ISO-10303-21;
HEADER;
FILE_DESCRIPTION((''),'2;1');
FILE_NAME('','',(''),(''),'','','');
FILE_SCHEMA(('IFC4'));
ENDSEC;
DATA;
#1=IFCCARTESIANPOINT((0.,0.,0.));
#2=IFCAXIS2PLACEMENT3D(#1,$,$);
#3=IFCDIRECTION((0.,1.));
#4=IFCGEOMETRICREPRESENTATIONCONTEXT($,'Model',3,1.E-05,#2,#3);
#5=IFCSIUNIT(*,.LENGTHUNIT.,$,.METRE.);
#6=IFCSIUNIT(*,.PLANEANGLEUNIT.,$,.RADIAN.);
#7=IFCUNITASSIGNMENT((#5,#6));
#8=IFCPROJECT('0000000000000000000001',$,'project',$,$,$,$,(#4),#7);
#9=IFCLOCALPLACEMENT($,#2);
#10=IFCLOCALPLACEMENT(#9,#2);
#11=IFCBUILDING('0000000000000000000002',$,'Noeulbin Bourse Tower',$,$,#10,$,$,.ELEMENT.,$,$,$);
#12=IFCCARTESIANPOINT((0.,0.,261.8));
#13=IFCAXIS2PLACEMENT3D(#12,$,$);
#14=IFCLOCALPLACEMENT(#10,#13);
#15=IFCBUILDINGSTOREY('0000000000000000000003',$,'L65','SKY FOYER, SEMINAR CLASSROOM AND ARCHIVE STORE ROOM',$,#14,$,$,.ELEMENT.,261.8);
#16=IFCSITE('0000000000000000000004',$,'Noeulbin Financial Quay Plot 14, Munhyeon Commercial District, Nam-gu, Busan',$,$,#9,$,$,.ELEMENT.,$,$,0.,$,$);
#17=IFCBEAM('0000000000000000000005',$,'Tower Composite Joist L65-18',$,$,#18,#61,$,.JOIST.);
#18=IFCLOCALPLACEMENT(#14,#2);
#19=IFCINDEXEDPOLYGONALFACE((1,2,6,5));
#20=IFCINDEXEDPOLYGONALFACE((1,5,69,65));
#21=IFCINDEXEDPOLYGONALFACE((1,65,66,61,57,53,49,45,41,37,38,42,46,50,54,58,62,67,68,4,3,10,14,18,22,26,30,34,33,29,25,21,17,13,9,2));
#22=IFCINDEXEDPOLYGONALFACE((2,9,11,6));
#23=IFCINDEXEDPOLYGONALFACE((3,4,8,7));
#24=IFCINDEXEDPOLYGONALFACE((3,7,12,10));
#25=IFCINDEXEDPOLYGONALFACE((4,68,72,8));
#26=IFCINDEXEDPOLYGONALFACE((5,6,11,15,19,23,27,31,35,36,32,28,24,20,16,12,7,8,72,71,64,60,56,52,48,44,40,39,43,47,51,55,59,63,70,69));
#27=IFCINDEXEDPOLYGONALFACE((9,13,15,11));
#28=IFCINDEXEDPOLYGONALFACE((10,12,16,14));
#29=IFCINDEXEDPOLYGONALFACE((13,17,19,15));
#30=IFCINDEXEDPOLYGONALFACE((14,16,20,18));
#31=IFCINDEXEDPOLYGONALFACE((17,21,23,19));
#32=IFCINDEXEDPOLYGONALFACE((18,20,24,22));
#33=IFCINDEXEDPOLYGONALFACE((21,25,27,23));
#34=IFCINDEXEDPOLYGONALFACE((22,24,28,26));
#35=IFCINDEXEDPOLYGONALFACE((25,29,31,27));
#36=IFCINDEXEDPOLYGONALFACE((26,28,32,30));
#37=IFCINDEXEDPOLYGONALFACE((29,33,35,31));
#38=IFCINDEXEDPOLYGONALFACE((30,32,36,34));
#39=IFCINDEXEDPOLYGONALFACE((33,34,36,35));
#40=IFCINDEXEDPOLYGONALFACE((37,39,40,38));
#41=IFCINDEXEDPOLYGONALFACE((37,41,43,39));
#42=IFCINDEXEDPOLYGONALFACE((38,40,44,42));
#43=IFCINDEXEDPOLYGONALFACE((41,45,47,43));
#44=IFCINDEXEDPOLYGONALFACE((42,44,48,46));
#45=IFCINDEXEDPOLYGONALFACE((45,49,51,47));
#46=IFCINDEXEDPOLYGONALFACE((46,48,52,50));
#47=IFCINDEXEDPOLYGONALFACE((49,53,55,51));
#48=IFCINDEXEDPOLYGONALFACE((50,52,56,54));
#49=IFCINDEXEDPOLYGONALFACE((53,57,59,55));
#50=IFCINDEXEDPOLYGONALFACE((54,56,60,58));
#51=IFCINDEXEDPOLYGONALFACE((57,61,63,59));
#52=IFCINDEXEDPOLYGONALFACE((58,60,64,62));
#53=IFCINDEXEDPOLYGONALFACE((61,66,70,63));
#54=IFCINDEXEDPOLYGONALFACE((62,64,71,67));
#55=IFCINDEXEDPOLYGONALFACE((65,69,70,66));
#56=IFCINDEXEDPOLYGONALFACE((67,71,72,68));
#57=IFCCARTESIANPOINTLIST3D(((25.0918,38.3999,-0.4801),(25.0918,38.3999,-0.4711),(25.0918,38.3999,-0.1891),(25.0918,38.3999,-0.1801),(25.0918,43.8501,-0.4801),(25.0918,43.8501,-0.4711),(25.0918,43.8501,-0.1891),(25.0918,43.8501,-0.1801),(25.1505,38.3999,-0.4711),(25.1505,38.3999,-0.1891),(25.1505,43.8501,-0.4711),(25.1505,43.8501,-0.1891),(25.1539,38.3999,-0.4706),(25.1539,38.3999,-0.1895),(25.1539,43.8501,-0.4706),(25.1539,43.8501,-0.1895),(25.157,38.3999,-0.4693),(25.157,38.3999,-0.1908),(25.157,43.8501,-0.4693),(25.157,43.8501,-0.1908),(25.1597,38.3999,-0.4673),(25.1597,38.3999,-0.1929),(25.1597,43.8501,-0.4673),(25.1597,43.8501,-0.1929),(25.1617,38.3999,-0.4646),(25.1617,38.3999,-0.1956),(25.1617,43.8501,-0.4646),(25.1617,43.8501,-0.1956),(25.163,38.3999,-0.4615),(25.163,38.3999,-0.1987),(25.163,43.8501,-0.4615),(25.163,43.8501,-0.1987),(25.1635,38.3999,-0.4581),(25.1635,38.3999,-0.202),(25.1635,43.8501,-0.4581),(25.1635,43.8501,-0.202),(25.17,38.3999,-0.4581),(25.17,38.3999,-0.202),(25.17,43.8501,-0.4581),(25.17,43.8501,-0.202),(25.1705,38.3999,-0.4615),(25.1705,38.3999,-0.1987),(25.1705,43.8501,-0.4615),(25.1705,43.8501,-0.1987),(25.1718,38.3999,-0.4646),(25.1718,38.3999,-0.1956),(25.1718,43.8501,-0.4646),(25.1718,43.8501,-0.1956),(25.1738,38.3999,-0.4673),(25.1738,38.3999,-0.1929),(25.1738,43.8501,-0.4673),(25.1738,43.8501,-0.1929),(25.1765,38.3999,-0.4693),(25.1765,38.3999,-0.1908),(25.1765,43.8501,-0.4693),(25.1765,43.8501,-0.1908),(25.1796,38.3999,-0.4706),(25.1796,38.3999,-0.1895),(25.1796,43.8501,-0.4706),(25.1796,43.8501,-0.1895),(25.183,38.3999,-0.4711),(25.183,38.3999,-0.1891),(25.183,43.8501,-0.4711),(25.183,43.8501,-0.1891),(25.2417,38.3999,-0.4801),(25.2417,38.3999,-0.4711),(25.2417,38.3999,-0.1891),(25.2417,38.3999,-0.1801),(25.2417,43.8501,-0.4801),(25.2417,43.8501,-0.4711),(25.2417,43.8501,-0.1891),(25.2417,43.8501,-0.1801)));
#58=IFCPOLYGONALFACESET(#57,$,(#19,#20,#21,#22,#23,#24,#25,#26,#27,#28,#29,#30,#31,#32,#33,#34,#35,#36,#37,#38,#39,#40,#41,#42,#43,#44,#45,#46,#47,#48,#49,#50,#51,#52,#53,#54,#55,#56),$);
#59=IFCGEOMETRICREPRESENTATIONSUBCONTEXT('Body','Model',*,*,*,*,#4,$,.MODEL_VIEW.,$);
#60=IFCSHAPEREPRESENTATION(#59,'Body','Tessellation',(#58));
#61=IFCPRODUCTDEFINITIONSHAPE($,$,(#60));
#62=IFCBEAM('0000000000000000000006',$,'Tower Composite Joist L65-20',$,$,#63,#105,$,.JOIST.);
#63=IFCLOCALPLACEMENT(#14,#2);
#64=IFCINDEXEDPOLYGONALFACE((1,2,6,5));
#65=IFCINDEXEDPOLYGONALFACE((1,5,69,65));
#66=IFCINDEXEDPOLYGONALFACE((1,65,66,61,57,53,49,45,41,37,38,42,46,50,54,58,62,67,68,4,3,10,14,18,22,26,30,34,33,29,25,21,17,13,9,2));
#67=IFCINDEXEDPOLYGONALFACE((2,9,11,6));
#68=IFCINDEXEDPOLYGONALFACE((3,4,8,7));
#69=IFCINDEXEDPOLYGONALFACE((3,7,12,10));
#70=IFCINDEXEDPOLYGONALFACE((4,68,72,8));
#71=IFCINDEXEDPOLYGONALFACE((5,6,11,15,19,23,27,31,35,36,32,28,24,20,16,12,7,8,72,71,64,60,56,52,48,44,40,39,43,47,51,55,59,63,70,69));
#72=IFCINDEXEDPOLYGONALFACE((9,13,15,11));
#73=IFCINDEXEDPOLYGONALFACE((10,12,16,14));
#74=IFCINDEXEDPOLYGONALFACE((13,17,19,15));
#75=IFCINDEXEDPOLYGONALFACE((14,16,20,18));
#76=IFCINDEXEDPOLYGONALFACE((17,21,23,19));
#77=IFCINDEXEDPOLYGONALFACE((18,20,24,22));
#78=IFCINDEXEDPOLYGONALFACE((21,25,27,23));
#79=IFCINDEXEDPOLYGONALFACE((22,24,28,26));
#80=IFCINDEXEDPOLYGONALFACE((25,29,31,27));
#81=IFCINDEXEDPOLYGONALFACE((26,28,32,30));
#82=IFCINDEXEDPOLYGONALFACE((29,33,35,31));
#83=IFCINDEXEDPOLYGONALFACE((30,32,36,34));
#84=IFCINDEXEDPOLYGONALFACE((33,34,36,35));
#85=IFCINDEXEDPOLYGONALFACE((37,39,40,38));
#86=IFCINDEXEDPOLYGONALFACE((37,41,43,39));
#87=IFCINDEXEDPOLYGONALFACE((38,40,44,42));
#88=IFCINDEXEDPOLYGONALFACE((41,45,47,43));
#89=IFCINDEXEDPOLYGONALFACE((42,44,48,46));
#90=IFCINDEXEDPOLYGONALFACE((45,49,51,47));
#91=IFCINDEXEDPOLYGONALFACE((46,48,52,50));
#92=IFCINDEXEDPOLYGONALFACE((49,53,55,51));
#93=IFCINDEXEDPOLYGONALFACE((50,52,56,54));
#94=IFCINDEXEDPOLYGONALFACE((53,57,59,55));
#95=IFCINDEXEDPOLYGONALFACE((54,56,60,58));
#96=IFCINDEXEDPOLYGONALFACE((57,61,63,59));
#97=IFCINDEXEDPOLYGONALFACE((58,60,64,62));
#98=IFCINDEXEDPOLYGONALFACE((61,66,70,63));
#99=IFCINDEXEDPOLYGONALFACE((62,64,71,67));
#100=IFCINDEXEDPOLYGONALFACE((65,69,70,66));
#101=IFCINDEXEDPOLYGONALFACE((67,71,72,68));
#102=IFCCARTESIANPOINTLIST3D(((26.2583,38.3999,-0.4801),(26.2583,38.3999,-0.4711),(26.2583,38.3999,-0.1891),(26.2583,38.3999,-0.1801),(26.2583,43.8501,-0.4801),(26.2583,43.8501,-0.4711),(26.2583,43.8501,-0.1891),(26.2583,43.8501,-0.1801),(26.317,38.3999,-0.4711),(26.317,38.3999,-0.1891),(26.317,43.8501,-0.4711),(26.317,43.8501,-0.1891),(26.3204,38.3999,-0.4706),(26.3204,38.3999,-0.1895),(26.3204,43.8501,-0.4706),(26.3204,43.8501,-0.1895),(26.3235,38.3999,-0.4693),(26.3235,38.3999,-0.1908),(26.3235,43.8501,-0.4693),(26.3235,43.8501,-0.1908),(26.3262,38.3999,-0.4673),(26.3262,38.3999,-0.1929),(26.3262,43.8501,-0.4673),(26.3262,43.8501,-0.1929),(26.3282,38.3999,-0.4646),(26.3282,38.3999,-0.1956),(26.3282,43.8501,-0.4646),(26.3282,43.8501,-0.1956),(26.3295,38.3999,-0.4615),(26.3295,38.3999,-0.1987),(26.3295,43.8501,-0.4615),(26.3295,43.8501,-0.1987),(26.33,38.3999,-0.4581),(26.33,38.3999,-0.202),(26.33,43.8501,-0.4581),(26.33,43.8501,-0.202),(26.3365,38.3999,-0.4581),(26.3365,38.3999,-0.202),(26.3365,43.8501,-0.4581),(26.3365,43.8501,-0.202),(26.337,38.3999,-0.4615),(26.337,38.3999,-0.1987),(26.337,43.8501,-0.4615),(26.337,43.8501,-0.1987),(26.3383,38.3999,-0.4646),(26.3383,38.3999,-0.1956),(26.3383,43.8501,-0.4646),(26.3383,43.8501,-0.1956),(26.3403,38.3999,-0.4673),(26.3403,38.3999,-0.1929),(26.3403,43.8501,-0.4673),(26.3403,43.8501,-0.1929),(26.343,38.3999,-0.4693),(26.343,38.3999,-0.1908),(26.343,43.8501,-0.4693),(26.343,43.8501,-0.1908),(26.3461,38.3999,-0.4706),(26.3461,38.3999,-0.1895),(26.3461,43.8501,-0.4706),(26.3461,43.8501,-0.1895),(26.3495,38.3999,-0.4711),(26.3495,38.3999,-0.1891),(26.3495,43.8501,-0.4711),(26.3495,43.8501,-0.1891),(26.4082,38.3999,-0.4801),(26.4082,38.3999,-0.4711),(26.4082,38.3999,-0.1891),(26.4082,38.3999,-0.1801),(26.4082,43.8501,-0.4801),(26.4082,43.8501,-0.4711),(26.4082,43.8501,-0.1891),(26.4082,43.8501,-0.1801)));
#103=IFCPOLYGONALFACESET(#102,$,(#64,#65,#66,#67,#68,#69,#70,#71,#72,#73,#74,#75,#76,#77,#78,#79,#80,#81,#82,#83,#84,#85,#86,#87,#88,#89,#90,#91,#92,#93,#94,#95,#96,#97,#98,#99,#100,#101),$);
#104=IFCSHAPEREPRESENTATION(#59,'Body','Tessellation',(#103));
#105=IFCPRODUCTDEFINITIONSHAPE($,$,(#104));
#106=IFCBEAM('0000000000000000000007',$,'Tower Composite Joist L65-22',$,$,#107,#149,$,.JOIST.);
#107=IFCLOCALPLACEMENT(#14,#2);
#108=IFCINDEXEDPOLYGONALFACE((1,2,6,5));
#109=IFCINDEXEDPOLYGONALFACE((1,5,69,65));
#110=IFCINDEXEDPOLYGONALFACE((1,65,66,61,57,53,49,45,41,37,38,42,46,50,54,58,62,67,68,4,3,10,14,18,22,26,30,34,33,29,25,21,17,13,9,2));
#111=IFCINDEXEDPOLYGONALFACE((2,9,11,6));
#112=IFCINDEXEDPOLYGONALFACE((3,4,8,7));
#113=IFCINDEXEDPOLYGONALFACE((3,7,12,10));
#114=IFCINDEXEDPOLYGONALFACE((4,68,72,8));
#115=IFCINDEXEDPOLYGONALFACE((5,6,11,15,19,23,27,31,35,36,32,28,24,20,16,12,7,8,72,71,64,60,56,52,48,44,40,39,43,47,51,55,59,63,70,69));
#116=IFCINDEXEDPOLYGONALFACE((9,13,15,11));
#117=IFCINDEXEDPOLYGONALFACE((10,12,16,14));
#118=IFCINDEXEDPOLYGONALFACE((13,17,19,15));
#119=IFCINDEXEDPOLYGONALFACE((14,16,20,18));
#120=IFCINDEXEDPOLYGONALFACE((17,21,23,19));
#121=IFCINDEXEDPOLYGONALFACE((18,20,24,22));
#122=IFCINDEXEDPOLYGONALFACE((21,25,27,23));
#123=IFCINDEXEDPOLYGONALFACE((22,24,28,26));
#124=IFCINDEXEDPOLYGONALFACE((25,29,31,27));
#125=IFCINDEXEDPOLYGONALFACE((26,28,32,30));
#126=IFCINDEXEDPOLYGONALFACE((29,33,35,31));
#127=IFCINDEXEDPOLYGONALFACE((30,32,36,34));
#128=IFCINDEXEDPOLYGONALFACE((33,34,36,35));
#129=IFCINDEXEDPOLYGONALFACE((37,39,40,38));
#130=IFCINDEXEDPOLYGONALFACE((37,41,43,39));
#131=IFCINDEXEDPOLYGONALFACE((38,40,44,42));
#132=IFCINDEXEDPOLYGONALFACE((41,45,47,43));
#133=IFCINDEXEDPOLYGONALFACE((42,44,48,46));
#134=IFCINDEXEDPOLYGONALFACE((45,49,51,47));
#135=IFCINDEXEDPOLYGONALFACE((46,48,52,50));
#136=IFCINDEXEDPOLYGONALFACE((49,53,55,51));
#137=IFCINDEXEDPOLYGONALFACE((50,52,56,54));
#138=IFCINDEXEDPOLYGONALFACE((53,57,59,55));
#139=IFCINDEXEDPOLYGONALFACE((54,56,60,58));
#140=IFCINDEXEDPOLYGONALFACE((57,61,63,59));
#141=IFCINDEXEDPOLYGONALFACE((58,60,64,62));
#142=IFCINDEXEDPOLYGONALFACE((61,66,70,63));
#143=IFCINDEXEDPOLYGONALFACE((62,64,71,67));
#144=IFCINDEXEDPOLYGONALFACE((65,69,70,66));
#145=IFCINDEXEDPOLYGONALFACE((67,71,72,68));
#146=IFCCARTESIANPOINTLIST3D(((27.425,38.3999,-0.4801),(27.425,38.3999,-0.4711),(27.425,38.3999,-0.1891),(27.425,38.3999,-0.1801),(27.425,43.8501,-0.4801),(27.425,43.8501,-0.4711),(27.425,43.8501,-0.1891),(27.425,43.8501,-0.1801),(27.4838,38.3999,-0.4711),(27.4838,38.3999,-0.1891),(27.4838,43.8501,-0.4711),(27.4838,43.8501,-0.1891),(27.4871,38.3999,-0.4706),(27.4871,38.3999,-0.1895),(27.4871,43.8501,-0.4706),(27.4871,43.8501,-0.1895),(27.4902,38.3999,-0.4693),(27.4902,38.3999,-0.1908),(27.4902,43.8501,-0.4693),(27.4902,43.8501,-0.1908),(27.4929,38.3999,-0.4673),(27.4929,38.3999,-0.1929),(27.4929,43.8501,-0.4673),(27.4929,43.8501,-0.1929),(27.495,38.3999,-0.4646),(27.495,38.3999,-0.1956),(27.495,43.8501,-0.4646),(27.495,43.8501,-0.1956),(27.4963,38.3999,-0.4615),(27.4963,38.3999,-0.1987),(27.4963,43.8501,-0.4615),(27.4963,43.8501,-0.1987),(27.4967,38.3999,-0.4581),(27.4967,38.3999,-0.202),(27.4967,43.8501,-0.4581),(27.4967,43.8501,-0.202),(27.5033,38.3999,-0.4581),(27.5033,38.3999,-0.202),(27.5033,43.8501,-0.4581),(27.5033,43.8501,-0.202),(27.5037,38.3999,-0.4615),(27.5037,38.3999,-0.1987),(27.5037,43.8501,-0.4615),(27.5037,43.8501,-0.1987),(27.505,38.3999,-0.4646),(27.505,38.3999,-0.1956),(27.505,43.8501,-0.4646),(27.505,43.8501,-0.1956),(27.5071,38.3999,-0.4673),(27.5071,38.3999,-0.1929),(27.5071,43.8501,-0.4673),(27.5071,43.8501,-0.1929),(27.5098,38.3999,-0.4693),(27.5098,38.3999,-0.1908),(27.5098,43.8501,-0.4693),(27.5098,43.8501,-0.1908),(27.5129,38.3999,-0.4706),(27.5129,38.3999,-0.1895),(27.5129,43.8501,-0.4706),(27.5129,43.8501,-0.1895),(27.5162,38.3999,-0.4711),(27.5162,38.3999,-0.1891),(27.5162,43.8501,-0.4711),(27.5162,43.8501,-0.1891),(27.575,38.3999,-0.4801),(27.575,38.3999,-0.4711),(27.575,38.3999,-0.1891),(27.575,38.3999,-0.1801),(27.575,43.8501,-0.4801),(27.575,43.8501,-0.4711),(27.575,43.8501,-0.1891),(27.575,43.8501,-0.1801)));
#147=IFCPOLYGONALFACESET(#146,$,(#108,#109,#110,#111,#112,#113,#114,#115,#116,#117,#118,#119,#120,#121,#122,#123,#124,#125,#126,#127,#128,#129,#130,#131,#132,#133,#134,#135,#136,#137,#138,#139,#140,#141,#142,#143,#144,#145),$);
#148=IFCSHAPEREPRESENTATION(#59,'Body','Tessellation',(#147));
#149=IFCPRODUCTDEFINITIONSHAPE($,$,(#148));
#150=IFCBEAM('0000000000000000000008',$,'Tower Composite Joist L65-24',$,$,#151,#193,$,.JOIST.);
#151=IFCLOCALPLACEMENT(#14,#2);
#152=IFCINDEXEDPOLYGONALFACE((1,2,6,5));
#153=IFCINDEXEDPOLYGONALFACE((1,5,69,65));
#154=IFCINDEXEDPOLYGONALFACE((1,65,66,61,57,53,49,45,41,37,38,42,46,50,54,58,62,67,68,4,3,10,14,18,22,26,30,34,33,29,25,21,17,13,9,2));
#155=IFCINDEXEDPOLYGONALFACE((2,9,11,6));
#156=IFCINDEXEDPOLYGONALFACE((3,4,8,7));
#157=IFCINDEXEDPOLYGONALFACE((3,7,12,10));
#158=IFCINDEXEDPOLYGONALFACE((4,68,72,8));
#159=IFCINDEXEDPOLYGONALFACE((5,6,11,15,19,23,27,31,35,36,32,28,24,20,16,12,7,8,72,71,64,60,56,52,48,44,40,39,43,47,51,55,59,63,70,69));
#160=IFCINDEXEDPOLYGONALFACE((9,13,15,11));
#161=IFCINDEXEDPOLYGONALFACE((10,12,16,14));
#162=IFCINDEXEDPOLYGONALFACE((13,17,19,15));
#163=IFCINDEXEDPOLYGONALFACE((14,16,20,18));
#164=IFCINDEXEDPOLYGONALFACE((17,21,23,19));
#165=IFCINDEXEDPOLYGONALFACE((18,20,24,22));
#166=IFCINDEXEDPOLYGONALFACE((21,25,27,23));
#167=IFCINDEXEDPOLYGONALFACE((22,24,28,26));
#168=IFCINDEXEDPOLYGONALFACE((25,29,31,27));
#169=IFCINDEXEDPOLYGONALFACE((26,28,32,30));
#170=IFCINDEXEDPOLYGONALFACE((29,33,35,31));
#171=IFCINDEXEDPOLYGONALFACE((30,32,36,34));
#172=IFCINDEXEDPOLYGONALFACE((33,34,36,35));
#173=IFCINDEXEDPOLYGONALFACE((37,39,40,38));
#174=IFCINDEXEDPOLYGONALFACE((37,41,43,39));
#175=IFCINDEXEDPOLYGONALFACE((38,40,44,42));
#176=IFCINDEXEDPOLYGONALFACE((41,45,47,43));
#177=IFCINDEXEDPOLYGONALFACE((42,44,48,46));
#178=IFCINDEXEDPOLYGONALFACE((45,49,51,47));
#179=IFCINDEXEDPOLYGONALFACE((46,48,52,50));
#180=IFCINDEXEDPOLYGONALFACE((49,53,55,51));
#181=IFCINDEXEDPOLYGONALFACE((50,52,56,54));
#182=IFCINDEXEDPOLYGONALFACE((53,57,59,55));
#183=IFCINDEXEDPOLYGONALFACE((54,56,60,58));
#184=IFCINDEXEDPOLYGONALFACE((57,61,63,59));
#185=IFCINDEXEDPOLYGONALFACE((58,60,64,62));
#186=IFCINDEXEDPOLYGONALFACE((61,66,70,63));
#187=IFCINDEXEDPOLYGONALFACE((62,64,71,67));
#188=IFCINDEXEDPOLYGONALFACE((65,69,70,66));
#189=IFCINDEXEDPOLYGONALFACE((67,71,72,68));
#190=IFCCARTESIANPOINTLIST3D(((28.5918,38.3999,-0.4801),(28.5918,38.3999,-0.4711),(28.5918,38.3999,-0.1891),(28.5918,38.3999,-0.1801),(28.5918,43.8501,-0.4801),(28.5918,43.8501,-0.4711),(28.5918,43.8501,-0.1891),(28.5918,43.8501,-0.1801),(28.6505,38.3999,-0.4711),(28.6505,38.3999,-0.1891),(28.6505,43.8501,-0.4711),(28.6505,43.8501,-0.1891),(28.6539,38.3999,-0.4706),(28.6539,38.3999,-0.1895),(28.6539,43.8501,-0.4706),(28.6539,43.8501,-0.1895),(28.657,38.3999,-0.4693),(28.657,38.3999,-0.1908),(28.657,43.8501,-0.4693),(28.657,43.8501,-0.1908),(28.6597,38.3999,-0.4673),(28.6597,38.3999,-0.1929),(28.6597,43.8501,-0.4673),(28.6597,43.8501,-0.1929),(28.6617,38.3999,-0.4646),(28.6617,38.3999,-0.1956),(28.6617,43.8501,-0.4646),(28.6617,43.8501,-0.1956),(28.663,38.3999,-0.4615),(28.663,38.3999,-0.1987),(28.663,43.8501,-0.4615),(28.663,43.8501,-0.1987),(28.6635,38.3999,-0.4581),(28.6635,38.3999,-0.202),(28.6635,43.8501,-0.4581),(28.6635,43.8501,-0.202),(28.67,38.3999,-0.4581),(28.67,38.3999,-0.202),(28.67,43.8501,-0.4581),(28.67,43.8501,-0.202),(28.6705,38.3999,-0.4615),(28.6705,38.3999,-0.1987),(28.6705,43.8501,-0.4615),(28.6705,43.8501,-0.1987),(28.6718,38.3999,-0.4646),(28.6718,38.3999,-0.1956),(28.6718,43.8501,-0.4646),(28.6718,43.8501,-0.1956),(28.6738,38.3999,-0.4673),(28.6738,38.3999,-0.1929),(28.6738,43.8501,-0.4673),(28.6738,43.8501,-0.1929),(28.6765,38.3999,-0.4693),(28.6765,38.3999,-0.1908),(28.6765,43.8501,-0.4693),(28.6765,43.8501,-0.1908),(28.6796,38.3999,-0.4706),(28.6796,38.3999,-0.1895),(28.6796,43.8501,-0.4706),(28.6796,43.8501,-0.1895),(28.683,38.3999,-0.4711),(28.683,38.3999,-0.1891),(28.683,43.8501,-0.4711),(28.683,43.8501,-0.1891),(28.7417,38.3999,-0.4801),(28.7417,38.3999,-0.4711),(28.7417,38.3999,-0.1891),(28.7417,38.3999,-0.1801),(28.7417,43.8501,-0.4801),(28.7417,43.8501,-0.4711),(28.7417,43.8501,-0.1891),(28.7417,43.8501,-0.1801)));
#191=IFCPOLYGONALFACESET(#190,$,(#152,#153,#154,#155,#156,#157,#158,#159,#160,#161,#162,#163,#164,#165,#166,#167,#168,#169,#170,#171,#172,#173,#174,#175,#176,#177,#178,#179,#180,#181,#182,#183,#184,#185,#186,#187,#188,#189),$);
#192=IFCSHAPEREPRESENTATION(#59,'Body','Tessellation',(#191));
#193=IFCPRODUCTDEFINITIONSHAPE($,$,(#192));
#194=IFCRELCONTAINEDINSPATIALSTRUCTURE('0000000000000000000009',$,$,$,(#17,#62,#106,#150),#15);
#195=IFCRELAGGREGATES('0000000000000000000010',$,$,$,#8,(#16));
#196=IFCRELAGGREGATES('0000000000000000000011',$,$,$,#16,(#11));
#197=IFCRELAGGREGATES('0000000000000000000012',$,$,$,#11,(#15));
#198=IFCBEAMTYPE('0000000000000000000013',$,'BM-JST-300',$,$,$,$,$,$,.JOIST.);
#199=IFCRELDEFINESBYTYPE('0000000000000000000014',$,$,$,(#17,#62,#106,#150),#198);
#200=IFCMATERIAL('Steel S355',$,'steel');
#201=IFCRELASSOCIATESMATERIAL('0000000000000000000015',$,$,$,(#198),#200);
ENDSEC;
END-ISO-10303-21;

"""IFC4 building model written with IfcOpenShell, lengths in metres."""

from ifc_helpers import new_model, si_unit, direction, frame, origin, origin_2d, place, context, subcontext, project, spatial, i_section, extrude, material, material_profile, profile_set, type_object, element, save


model = new_model("IFC4")

# Units and contexts
model_context = context("Model", 3, precision=1e-05, world=origin(), true_north=direction((0.0, 1.0)))
body_context = subcontext(model_context, "Body", "Model", "MODEL_VIEW")
ifc_project = project(units=[si_unit("LENGTHUNIT", "METRE"), si_unit("PLANEANGLEUNIT", "RADIAN")], contexts=[model_context])

# Site, building, storey
site_placement = place(None, origin())
site = spatial("IfcSite", under=ifc_project, at=site_placement, Name="Noeulbin Financial Quay Plot 14, Munhyeon Commercial District, Nam-gu, Busan", CompositionType="ELEMENT", RefElevation=0.0)
building_placement = place(site_placement, origin())
building = spatial("IfcBuilding", under=site, at=building_placement, Name="Noeulbin Bourse Tower", CompositionType="ELEMENT")
storey_placement = place(building_placement, frame((0.0, 0.0, 261.8)))
storey = spatial("IfcBuildingStorey", under=building, at=storey_placement, Name="L65", Description="SKY FOYER, SEMINAR CLASSROOM AND ARCHIVE STORE ROOM", CompositionType="ELEMENT", Elevation=261.8)

# Shared definitions
ifc_material_1 = material(Name="Steel S355", Category="steel")

# Beams
ifc_material_profile_1 = material_profile(ifc_material_1, i_section(OverallWidth=0.1499, OverallDepth=0.3, WebThickness=0.0066, FlangeThickness=0.009, FilletRadius=0.0129, at=origin_2d()), Name="H-300x150x6.5x9", Category="LoadBearing")
ifc_profile_set_1 = profile_set([ifc_material_profile_1], Name="Steel S355")
beam_type_1 = type_object("IfcBeamType", Name="BM-JST-300", PredefinedType="JOIST", material=ifc_profile_set_1)
for number, where, z_axis, x_axis, name in (
    (1, (25.1667, 38.3999, -0.3301), (0.0, 1.0, 0.0), (-1.0, 0.0, 0.0), "Tower Composite Joist L65-18"),
    (2, (26.3333, 38.3999, -0.3301), (0.0, 1.0, 0.0), (-1.0, 0.0, 0.0), "Tower Composite Joist L65-20"),
    (3, (27.5, 38.3999, -0.3301), (0.0, 1.0, 0.0), (-1.0, 0.0, 0.0), "Tower Composite Joist L65-22"),
    (4, (28.6667, 38.3999, -0.3301), (0.0, 1.0, 0.0), (-1.0, 0.0, 0.0), "Tower Composite Joist L65-24"),
):
    element("IfcBeam", number, at=place(storey_placement, frame(where, z_axis=z_axis, x_axis=x_axis)), inside=storey, type_object=beam_type_1, Name=name, PredefinedType="JOIST", context=body_context, shape_type="SweptSolid", body=[
        extrude(i_section(OverallWidth=0.1499, OverallDepth=0.3, WebThickness=0.0066, FlangeThickness=0.009, FilletRadius=0.0129, at=origin_2d()), origin(), (0.0, 0.0, 1.0), 5.4502),
    ])

save(model, "model.ifc")
